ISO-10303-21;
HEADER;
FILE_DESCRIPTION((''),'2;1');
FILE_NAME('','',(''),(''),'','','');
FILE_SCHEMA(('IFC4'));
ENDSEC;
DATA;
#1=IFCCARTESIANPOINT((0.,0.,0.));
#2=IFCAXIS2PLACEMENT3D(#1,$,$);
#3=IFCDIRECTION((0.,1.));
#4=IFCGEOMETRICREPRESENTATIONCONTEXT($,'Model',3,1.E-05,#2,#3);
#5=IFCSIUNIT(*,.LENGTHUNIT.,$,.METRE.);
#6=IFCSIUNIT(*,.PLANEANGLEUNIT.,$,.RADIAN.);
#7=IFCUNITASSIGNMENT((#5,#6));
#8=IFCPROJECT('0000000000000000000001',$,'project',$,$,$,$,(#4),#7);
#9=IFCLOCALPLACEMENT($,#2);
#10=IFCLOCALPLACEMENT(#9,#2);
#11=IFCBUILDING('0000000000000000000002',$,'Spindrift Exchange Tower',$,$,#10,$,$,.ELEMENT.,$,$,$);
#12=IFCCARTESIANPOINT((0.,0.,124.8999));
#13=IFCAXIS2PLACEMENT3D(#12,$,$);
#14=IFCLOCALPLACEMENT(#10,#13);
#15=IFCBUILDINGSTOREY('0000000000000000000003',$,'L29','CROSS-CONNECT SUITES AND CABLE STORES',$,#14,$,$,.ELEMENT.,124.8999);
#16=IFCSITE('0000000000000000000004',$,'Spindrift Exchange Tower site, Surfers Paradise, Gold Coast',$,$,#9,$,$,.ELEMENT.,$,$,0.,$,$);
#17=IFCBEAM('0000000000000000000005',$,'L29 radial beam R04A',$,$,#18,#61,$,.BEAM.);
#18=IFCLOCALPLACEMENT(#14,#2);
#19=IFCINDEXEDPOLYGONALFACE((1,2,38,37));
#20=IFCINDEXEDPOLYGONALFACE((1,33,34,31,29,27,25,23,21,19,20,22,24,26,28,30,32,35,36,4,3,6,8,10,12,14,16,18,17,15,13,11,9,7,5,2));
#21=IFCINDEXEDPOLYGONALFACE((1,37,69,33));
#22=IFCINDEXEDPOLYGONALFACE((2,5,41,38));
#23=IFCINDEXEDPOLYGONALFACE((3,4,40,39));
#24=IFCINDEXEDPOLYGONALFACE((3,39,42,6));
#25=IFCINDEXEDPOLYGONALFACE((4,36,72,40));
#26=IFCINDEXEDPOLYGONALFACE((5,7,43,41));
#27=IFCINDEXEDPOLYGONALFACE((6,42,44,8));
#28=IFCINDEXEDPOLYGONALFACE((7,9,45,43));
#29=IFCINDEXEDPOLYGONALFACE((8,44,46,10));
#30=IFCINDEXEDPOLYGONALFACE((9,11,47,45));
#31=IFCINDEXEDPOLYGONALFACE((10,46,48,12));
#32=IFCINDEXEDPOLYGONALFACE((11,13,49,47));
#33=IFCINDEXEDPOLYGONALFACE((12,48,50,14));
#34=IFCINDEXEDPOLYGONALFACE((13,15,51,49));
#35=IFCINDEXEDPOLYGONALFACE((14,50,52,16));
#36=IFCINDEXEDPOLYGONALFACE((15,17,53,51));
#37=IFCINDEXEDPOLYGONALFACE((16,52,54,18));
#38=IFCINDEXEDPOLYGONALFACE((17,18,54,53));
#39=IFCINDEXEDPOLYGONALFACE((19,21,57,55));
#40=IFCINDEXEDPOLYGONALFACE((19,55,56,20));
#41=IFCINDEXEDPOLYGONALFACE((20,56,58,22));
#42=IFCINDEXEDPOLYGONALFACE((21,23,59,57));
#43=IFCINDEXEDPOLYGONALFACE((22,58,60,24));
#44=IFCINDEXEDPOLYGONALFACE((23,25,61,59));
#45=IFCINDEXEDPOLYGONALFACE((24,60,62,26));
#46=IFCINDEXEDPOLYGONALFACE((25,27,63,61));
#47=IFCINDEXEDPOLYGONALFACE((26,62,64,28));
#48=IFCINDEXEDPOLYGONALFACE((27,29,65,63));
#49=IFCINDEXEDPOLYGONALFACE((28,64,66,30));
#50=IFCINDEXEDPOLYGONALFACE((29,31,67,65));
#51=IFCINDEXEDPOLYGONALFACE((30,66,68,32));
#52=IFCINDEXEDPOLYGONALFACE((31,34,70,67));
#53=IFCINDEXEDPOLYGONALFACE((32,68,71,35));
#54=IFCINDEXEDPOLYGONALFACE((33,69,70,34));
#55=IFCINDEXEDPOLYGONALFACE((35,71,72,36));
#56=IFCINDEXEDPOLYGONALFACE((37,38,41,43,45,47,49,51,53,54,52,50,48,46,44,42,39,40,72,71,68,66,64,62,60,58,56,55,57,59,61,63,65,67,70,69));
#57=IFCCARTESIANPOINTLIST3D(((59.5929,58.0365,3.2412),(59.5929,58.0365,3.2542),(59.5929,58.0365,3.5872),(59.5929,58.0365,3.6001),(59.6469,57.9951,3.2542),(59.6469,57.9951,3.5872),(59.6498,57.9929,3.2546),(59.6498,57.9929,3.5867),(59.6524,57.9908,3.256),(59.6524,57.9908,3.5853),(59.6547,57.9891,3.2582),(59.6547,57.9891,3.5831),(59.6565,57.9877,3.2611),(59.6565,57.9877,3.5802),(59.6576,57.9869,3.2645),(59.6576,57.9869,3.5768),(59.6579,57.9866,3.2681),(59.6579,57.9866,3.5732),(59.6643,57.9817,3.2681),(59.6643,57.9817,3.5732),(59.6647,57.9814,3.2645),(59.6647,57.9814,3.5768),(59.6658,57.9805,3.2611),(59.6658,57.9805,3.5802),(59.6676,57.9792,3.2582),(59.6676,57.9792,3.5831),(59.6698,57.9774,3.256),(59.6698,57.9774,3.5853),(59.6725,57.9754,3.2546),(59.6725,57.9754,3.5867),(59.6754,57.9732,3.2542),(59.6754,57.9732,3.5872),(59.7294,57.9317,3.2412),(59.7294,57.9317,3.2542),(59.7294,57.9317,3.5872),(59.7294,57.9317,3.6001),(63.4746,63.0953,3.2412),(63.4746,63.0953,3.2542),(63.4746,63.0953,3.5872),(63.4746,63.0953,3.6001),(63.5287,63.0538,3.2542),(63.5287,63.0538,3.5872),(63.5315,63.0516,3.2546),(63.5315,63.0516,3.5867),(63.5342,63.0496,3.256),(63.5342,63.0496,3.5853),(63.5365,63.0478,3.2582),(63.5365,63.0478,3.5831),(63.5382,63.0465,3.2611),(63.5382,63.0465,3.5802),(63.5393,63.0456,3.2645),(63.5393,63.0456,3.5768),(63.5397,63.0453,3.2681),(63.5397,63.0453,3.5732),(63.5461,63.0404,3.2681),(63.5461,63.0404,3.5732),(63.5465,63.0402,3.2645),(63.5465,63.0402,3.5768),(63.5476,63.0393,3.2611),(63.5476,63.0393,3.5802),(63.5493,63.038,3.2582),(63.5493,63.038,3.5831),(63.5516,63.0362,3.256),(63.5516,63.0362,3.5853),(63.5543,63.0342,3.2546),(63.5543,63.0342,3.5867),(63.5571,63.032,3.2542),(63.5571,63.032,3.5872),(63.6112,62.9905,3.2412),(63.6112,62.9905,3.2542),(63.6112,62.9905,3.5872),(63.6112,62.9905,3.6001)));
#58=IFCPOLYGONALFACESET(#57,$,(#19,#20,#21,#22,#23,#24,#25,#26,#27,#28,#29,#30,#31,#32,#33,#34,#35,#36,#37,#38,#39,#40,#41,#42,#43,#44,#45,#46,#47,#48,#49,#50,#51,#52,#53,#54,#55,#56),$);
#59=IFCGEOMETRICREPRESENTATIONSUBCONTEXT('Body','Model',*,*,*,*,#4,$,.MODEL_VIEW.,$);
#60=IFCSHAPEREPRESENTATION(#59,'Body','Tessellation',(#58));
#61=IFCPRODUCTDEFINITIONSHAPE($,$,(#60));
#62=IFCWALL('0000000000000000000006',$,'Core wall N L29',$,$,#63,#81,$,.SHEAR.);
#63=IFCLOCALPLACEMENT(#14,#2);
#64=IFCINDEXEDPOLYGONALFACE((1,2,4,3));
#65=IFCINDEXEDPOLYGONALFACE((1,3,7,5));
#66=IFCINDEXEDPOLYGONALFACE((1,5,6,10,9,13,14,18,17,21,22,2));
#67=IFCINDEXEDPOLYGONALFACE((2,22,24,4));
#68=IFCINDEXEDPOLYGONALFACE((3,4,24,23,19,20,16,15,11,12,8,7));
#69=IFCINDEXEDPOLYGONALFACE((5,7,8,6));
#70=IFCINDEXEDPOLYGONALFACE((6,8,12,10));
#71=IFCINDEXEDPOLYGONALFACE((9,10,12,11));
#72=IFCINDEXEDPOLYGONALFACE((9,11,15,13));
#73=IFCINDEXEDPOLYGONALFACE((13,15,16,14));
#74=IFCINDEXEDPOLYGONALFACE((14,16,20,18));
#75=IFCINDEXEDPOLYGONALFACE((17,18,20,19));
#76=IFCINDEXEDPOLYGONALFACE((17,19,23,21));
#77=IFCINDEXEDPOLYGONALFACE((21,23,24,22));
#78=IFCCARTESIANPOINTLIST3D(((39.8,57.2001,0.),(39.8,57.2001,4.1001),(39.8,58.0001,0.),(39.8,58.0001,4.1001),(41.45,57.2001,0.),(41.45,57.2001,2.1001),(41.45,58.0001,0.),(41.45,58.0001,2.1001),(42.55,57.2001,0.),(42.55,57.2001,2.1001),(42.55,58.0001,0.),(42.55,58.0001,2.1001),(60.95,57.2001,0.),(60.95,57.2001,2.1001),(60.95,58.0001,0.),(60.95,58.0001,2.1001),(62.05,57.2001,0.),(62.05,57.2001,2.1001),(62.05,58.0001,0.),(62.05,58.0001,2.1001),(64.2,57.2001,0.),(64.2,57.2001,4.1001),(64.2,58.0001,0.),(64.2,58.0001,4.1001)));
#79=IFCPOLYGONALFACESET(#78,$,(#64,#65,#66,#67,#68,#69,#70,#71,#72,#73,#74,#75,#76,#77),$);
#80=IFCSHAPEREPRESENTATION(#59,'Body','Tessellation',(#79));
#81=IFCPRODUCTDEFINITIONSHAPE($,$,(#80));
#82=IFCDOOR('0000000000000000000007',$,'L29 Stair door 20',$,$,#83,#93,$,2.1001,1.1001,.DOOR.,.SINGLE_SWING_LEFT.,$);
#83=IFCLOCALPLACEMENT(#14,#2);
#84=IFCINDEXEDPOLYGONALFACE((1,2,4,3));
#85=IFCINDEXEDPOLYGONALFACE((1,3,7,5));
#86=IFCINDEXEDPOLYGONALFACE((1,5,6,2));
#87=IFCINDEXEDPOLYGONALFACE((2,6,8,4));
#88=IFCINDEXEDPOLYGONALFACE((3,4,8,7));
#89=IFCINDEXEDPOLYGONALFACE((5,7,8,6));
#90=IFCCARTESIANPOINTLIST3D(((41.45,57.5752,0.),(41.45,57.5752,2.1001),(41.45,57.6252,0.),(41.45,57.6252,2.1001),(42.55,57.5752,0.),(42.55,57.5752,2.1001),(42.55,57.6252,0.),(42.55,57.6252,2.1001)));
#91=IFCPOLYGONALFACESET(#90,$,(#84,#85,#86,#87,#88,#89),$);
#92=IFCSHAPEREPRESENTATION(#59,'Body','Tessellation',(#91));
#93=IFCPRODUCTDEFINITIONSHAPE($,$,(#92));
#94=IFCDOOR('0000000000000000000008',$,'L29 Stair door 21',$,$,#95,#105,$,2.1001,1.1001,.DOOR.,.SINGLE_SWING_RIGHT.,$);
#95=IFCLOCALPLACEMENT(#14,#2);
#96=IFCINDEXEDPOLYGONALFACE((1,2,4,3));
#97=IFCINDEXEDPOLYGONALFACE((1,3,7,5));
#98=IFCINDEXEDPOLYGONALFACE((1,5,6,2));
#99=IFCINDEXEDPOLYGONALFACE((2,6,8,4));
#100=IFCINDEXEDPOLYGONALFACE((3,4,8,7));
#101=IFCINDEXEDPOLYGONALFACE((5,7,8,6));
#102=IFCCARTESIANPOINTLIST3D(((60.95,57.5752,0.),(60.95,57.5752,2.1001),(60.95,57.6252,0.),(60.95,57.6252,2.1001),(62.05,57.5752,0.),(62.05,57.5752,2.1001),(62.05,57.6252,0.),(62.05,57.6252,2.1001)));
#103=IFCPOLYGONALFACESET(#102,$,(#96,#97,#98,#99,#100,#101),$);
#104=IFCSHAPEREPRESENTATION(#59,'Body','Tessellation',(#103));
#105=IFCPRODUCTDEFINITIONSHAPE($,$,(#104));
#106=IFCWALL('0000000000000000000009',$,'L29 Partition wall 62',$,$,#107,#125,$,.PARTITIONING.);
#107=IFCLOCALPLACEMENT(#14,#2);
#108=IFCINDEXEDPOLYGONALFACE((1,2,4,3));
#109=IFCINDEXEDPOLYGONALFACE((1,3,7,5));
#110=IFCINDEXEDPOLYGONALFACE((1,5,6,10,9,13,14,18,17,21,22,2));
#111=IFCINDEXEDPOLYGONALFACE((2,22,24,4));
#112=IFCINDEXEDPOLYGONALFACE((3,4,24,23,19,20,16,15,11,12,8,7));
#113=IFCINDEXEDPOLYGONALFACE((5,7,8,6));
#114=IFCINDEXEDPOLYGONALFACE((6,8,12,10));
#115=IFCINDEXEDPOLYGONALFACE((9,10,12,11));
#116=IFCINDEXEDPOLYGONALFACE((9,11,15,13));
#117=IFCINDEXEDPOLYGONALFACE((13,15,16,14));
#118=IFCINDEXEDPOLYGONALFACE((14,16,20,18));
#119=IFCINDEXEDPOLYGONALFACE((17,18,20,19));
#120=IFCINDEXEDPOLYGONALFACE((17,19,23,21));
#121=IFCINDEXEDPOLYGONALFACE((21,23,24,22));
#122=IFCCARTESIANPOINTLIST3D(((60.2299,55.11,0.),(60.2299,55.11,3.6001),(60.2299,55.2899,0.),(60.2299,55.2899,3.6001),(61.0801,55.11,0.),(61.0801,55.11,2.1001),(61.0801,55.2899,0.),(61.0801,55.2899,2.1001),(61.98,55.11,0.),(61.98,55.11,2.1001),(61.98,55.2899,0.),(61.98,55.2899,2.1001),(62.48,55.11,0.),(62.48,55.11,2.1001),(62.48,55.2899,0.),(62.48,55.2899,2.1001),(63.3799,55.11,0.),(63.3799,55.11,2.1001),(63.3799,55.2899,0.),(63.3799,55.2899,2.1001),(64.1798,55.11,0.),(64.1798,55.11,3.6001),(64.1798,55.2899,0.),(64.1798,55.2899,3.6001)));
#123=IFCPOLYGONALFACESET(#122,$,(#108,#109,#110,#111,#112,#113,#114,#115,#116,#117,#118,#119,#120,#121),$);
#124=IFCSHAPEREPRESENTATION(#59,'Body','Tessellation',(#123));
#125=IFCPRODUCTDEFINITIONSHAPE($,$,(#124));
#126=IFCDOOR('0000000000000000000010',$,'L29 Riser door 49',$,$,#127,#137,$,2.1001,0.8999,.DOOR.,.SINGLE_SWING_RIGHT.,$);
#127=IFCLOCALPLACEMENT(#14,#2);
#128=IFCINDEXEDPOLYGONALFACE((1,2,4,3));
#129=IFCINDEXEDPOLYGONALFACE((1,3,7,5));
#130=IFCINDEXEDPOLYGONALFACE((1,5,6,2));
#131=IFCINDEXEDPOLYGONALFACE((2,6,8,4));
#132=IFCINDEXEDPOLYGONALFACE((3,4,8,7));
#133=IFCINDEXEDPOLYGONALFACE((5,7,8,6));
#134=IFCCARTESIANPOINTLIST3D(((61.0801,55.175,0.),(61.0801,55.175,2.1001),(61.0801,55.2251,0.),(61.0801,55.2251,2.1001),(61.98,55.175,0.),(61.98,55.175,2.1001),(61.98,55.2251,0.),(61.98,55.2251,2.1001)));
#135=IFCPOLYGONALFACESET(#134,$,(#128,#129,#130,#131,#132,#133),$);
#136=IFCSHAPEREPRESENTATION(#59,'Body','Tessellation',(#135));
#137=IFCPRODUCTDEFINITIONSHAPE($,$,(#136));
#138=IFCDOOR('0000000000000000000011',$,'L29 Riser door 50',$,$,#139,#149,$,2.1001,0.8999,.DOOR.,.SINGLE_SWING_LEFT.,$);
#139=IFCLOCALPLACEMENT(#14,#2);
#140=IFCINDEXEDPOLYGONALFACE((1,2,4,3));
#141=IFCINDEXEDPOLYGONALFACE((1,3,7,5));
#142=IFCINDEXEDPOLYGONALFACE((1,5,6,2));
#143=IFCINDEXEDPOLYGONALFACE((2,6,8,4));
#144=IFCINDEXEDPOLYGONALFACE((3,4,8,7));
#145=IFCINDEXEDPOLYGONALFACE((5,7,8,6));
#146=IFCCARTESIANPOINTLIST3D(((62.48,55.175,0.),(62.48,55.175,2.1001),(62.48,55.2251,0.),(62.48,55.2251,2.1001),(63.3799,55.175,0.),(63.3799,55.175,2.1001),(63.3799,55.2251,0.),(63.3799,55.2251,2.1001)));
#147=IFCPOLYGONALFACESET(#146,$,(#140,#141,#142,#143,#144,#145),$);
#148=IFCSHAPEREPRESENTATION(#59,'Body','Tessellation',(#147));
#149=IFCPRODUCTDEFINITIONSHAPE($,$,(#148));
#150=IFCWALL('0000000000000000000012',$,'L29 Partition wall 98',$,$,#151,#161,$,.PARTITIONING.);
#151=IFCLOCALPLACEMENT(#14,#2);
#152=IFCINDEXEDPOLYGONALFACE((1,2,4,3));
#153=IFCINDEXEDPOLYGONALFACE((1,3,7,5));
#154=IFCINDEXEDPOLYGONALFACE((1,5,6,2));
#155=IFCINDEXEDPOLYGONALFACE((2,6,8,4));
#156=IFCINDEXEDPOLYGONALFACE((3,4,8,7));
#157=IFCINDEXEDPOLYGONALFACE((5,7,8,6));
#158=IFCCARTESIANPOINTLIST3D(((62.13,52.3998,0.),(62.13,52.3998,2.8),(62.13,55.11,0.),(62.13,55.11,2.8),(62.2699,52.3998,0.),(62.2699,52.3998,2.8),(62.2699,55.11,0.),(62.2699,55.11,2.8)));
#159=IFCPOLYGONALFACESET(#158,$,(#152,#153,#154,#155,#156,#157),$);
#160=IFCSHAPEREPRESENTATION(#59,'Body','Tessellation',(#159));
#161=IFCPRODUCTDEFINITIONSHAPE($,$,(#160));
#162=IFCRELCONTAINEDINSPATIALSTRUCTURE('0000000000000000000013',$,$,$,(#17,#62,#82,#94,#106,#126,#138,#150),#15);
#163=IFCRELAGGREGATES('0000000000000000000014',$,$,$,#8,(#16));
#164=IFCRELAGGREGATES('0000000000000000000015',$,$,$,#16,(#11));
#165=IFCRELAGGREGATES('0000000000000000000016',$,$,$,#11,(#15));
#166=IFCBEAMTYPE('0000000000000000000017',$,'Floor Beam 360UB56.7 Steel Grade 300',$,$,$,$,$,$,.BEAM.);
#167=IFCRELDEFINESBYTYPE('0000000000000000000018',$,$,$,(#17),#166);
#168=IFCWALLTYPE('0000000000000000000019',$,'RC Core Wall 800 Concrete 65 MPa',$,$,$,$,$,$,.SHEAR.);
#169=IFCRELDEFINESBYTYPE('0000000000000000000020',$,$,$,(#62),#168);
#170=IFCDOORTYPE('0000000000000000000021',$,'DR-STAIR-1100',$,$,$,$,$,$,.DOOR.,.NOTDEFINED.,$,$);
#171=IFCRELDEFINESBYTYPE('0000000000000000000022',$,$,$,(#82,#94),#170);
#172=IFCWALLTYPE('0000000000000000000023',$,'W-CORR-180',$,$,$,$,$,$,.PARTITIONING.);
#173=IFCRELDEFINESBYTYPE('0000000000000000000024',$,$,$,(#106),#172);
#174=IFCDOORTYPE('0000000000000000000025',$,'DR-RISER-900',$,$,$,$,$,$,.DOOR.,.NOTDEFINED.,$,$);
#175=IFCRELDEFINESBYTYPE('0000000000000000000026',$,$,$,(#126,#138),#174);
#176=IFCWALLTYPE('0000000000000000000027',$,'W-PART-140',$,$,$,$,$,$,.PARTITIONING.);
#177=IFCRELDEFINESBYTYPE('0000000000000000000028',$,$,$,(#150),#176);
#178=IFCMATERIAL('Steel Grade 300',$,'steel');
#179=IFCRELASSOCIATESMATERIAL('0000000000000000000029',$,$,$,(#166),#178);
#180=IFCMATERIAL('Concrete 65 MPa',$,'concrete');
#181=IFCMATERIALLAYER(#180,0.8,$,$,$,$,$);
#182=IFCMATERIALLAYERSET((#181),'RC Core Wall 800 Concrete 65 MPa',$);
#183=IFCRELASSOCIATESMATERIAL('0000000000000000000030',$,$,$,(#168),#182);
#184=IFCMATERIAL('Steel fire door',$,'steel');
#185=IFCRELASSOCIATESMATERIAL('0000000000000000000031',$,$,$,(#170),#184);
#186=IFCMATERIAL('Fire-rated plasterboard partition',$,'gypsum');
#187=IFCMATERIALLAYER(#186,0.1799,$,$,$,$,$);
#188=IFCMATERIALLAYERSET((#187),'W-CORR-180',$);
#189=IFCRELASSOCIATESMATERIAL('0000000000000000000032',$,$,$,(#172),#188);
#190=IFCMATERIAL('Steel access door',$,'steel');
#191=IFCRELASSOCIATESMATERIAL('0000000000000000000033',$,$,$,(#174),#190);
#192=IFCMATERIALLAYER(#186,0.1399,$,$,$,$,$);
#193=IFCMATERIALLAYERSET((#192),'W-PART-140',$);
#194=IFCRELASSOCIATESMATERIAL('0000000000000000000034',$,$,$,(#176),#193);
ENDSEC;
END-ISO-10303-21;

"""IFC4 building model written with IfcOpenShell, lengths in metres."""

from ifc_helpers import new_model, si_unit, direction, frame, frame_2d, origin, origin_2d, place, context, subcontext, project, spatial, rectangle, i_section, extrude, source, transform, mapped, material, layer, layer_set, material_profile, profile_set, type_object, element, fill, save


model = new_model("IFC4")

# Units and contexts
model_context = context("Model", 3, precision=1e-05, world=origin(), true_north=direction((0.0, 1.0)))
body_context = subcontext(model_context, "Body", "Model", "MODEL_VIEW")
ifc_project = project(units=[si_unit("LENGTHUNIT", "METRE"), si_unit("PLANEANGLEUNIT", "RADIAN")], contexts=[model_context])

# Site, building, storey
site_placement = place(None, origin())
site = spatial("IfcSite", under=ifc_project, at=site_placement, Name="Spindrift Exchange Tower site, Surfers Paradise, Gold Coast", CompositionType="ELEMENT", RefElevation=0.0)
building_placement = place(site_placement, origin())
building = spatial("IfcBuilding", under=site, at=building_placement, Name="Spindrift Exchange Tower", CompositionType="ELEMENT")
storey_placement = place(building_placement, frame((0.0, 0.0, 124.8999)))
storey = spatial("IfcBuildingStorey", under=building, at=storey_placement, Name="L29", Description="CROSS-CONNECT SUITES AND CABLE STORES", CompositionType="ELEMENT", Elevation=124.8999)

# Beam
ifc_material_1 = material(Name="Steel Grade 300", Category="steel")
ifc_material_profile_1 = material_profile(ifc_material_1, i_section(OverallWidth=0.1721, OverallDepth=0.3589, WebThickness=0.0081, FlangeThickness=0.0129, FilletRadius=0.0139, at=origin_2d()), Name="360UB56.7")
ifc_profile_set_1 = profile_set([ifc_material_profile_1], Name="Steel Grade 300")
beam_type_1 = type_object("IfcBeamType", Name="Floor Beam 360UB56.7 Steel Grade 300", PredefinedType="BEAM", material=ifc_profile_set_1)
shared_shape_1 = source(origin(), body_context, "Body", "SweptSolid", [
    extrude(i_section(OverallWidth=0.1721, OverallDepth=0.3589, WebThickness=0.0081, FlangeThickness=0.0129, FilletRadius=0.0139, at=origin_2d()), origin(), (0.0, 0.0, 1.0), 6.3765),
])
beam_1_placement = place(storey_placement, frame((59.6611, 57.9841, 3.4207), z_axis=(0.608767, 0.793349, 0.0), x_axis=(-0.793349, 0.608767, 0.0)))
element("IfcBeam", 1, at=beam_1_placement, inside=storey, type_object=beam_type_1, Name="L29 radial beam R04A", PredefinedType="BEAM", context=body_context, shape_type="MappedRepresentation", body=[
    mapped(shared_shape_1, transform((0.0, 0.0, 0.0), scale=1.0)),
])

# Walls, openings, doors
ifc_material_2 = material(Name="Concrete 65 MPa", Category="concrete")
ifc_layer_1 = layer(ifc_material_2, 0.8)
ifc_layer_set_1 = layer_set([ifc_layer_1], Name="RC Core Wall 800 Concrete 65 MPa")
wall_type_1 = type_object("IfcWallType", Name="RC Core Wall 800 Concrete 65 MPa", PredefinedType="SHEAR", material=ifc_layer_set_1)
wall_1_placement = place(storey_placement, frame((64.2, 57.6001, 0.0), z_axis=(0.0, 0.0, 1.0), x_axis=(-1.0, 0.0, 0.0)))
wall_1 = element("IfcWall", 2, at=wall_1_placement, inside=storey, type_object=wall_type_1, Name="Core wall N L29", PredefinedType="SHEAR", context=body_context, shape_type="SweptSolid", body=[
    extrude(rectangle(XDim=24.3999, YDim=0.8, at=frame_2d((12.2, 0.0))), origin(), (0.0, 0.0, 1.0), 4.1001),
])
opening_1_placement = place(wall_1_placement, frame((21.6499, 0.0, 0.0)))
opening_1 = element("IfcOpeningElement", 3, at=opening_1_placement, cuts=wall_1, PredefinedType="OPENING", context=body_context, shape_type="SweptSolid", body=[
    extrude(rectangle(XDim=1.1001, YDim=2.1001, at=frame_2d((0.55, 1.05))), frame((0.0, 0.4099, 0.0), z_axis=(0.0, -1.0, 0.0), x_axis=(1.0, 0.0, 0.0)), (0.0, 0.0, 1.0), 0.8201),
])
opening_2_placement = place(wall_1_placement, frame((2.1499, 0.0, 0.0)))
opening_2 = element("IfcOpeningElement", 4, at=opening_2_placement, cuts=wall_1, PredefinedType="OPENING", context=body_context, shape_type="SweptSolid", body=[
    extrude(rectangle(XDim=1.1001, YDim=2.1001, at=frame_2d((0.55, 1.05))), frame((0.0, 0.4099, 0.0), z_axis=(0.0, -1.0, 0.0), x_axis=(1.0, 0.0, 0.0)), (0.0, 0.0, 1.0), 0.8201),
])
ifc_material_3 = material(Name="Steel fire door", Category="steel")
door_type_1 = type_object("IfcDoorType", Name="DR-STAIR-1100", OperationType="NOTDEFINED", PredefinedType="DOOR", material=ifc_material_3)
shared_shape_2 = source(origin(), body_context, "Body", "SweptSolid", [
    extrude(rectangle(XDim=1.1001, YDim=2.1001, at=frame_2d((0.55, 1.05))), frame((0.0, 0.0249, 0.0), z_axis=(0.0, -1.0, 0.0), x_axis=(1.0, 0.0, 0.0)), (0.0, 0.0, 1.0), 0.05),
])
door_1_placement = place(opening_1_placement, origin())
door_1 = element("IfcDoor", 5, at=door_1_placement, inside=storey, type_object=door_type_1, Name="L29 Stair door 20", OperationType="SINGLE_SWING_LEFT", OverallHeight=2.1001, OverallWidth=1.1001, PredefinedType="DOOR", context=body_context, shape_type="MappedRepresentation", body=[
    mapped(shared_shape_2, transform((0.0, 0.0, 0.0), scale=1.0)),
])
fill(opening_1, door_1)
door_2_placement = place(opening_2_placement, origin())
door_2 = element("IfcDoor", 6, at=door_2_placement, inside=storey, type_object=door_type_1, Name="L29 Stair door 21", OperationType="SINGLE_SWING_RIGHT", OverallHeight=2.1001, OverallWidth=1.1001, PredefinedType="DOOR", context=body_context, shape_type="MappedRepresentation", body=[
    mapped(shared_shape_2, transform((0.0, 0.0, 0.0), scale=1.0)),
])
fill(opening_2, door_2)
ifc_material_4 = material(Name="Fire-rated plasterboard partition", Category="gypsum")
ifc_layer_2 = layer(ifc_material_4, 0.1799)
ifc_layer_set_2 = layer_set([ifc_layer_2], Name="W-CORR-180")
wall_type_2 = type_object("IfcWallType", Name="W-CORR-180", PredefinedType="PARTITIONING", material=ifc_layer_set_2)
wall_2_placement = place(storey_placement, frame((64.1799, 55.2, 0.0), z_axis=(0.0, 0.0, 1.0), x_axis=(-1.0, 0.0, 0.0)))
wall_2 = element("IfcWall", 7, at=wall_2_placement, inside=storey, type_object=wall_type_2, Name="L29 Partition wall 62", PredefinedType="PARTITIONING", context=body_context, shape_type="SweptSolid", body=[
    extrude(rectangle(XDim=3.95, YDim=0.1799, at=frame_2d((1.9751, 0.0))), origin(), (0.0, 0.0, 1.0), 3.6001),
])
opening_3_placement = place(wall_2_placement, frame((2.2, 0.0, 0.0)))
opening_3 = element("IfcOpeningElement", 8, at=opening_3_placement, cuts=wall_2, PredefinedType="OPENING", context=body_context, shape_type="SweptSolid", body=[
    extrude(rectangle(XDim=0.8999, YDim=2.1001, at=frame_2d((0.45, 1.05))), frame((0.0, 0.0999, 0.0), z_axis=(0.0, -1.0, 0.0), x_axis=(1.0, 0.0, 0.0)), (0.0, 0.0, 1.0), 0.2),
])
opening_4_placement = place(wall_2_placement, frame((0.8, 0.0, 0.0)))
opening_4 = element("IfcOpeningElement", 9, at=opening_4_placement, cuts=wall_2, PredefinedType="OPENING", context=body_context, shape_type="SweptSolid", body=[
    extrude(rectangle(XDim=0.8999, YDim=2.1001, at=frame_2d((0.45, 1.05))), frame((0.0, 0.0999, 0.0), z_axis=(0.0, -1.0, 0.0), x_axis=(1.0, 0.0, 0.0)), (0.0, 0.0, 1.0), 0.2),
])
ifc_material_5 = material(Name="Steel access door", Category="steel")
door_type_2 = type_object("IfcDoorType", Name="DR-RISER-900", OperationType="NOTDEFINED", PredefinedType="DOOR", material=ifc_material_5)
shared_shape_3 = source(origin(), body_context, "Body", "SweptSolid", [
    extrude(rectangle(XDim=0.8999, YDim=2.1001, at=frame_2d((0.45, 1.05))), frame((0.0, 0.0249, 0.0), z_axis=(0.0, -1.0, 0.0), x_axis=(1.0, 0.0, 0.0)), (0.0, 0.0, 1.0), 0.05),
])
door_3_placement = place(opening_3_placement, origin())
door_3 = element("IfcDoor", 10, at=door_3_placement, inside=storey, type_object=door_type_2, Name="L29 Riser door 49", OperationType="SINGLE_SWING_RIGHT", OverallHeight=2.1001, OverallWidth=0.8999, PredefinedType="DOOR", context=body_context, shape_type="MappedRepresentation", body=[
    mapped(shared_shape_3, transform((0.0, 0.0, 0.0), scale=1.0)),
])
fill(opening_3, door_3)
door_4_placement = place(opening_4_placement, origin())
door_4 = element("IfcDoor", 11, at=door_4_placement, inside=storey, type_object=door_type_2, Name="L29 Riser door 50", OperationType="SINGLE_SWING_LEFT", OverallHeight=2.1001, OverallWidth=0.8999, PredefinedType="DOOR", context=body_context, shape_type="MappedRepresentation", body=[
    mapped(shared_shape_3, transform((0.0, 0.0, 0.0), scale=1.0)),
])
fill(opening_4, door_4)

# Wall
ifc_layer_3 = layer(ifc_material_4, 0.1399)
ifc_layer_set_3 = layer_set([ifc_layer_3], Name="W-PART-140")
wall_type_3 = type_object("IfcWallType", Name="W-PART-140", PredefinedType="PARTITIONING", material=ifc_layer_set_3)
wall_3_placement = place(storey_placement, frame((62.2, 52.3999, 0.0), z_axis=(0.0, 0.0, 1.0), x_axis=(0.0, 1.0, 0.0)))
element("IfcWall", 12, at=wall_3_placement, inside=storey, type_object=wall_type_3, Name="L29 Partition wall 98", PredefinedType="PARTITIONING", context=body_context, shape_type="SweptSolid", body=[
    extrude(rectangle(XDim=2.7102, YDim=0.1399, at=frame_2d((1.355, 0.0))), origin(), (0.0, 0.0, 1.0), 2.8),
])

save(model, "model.ifc")
